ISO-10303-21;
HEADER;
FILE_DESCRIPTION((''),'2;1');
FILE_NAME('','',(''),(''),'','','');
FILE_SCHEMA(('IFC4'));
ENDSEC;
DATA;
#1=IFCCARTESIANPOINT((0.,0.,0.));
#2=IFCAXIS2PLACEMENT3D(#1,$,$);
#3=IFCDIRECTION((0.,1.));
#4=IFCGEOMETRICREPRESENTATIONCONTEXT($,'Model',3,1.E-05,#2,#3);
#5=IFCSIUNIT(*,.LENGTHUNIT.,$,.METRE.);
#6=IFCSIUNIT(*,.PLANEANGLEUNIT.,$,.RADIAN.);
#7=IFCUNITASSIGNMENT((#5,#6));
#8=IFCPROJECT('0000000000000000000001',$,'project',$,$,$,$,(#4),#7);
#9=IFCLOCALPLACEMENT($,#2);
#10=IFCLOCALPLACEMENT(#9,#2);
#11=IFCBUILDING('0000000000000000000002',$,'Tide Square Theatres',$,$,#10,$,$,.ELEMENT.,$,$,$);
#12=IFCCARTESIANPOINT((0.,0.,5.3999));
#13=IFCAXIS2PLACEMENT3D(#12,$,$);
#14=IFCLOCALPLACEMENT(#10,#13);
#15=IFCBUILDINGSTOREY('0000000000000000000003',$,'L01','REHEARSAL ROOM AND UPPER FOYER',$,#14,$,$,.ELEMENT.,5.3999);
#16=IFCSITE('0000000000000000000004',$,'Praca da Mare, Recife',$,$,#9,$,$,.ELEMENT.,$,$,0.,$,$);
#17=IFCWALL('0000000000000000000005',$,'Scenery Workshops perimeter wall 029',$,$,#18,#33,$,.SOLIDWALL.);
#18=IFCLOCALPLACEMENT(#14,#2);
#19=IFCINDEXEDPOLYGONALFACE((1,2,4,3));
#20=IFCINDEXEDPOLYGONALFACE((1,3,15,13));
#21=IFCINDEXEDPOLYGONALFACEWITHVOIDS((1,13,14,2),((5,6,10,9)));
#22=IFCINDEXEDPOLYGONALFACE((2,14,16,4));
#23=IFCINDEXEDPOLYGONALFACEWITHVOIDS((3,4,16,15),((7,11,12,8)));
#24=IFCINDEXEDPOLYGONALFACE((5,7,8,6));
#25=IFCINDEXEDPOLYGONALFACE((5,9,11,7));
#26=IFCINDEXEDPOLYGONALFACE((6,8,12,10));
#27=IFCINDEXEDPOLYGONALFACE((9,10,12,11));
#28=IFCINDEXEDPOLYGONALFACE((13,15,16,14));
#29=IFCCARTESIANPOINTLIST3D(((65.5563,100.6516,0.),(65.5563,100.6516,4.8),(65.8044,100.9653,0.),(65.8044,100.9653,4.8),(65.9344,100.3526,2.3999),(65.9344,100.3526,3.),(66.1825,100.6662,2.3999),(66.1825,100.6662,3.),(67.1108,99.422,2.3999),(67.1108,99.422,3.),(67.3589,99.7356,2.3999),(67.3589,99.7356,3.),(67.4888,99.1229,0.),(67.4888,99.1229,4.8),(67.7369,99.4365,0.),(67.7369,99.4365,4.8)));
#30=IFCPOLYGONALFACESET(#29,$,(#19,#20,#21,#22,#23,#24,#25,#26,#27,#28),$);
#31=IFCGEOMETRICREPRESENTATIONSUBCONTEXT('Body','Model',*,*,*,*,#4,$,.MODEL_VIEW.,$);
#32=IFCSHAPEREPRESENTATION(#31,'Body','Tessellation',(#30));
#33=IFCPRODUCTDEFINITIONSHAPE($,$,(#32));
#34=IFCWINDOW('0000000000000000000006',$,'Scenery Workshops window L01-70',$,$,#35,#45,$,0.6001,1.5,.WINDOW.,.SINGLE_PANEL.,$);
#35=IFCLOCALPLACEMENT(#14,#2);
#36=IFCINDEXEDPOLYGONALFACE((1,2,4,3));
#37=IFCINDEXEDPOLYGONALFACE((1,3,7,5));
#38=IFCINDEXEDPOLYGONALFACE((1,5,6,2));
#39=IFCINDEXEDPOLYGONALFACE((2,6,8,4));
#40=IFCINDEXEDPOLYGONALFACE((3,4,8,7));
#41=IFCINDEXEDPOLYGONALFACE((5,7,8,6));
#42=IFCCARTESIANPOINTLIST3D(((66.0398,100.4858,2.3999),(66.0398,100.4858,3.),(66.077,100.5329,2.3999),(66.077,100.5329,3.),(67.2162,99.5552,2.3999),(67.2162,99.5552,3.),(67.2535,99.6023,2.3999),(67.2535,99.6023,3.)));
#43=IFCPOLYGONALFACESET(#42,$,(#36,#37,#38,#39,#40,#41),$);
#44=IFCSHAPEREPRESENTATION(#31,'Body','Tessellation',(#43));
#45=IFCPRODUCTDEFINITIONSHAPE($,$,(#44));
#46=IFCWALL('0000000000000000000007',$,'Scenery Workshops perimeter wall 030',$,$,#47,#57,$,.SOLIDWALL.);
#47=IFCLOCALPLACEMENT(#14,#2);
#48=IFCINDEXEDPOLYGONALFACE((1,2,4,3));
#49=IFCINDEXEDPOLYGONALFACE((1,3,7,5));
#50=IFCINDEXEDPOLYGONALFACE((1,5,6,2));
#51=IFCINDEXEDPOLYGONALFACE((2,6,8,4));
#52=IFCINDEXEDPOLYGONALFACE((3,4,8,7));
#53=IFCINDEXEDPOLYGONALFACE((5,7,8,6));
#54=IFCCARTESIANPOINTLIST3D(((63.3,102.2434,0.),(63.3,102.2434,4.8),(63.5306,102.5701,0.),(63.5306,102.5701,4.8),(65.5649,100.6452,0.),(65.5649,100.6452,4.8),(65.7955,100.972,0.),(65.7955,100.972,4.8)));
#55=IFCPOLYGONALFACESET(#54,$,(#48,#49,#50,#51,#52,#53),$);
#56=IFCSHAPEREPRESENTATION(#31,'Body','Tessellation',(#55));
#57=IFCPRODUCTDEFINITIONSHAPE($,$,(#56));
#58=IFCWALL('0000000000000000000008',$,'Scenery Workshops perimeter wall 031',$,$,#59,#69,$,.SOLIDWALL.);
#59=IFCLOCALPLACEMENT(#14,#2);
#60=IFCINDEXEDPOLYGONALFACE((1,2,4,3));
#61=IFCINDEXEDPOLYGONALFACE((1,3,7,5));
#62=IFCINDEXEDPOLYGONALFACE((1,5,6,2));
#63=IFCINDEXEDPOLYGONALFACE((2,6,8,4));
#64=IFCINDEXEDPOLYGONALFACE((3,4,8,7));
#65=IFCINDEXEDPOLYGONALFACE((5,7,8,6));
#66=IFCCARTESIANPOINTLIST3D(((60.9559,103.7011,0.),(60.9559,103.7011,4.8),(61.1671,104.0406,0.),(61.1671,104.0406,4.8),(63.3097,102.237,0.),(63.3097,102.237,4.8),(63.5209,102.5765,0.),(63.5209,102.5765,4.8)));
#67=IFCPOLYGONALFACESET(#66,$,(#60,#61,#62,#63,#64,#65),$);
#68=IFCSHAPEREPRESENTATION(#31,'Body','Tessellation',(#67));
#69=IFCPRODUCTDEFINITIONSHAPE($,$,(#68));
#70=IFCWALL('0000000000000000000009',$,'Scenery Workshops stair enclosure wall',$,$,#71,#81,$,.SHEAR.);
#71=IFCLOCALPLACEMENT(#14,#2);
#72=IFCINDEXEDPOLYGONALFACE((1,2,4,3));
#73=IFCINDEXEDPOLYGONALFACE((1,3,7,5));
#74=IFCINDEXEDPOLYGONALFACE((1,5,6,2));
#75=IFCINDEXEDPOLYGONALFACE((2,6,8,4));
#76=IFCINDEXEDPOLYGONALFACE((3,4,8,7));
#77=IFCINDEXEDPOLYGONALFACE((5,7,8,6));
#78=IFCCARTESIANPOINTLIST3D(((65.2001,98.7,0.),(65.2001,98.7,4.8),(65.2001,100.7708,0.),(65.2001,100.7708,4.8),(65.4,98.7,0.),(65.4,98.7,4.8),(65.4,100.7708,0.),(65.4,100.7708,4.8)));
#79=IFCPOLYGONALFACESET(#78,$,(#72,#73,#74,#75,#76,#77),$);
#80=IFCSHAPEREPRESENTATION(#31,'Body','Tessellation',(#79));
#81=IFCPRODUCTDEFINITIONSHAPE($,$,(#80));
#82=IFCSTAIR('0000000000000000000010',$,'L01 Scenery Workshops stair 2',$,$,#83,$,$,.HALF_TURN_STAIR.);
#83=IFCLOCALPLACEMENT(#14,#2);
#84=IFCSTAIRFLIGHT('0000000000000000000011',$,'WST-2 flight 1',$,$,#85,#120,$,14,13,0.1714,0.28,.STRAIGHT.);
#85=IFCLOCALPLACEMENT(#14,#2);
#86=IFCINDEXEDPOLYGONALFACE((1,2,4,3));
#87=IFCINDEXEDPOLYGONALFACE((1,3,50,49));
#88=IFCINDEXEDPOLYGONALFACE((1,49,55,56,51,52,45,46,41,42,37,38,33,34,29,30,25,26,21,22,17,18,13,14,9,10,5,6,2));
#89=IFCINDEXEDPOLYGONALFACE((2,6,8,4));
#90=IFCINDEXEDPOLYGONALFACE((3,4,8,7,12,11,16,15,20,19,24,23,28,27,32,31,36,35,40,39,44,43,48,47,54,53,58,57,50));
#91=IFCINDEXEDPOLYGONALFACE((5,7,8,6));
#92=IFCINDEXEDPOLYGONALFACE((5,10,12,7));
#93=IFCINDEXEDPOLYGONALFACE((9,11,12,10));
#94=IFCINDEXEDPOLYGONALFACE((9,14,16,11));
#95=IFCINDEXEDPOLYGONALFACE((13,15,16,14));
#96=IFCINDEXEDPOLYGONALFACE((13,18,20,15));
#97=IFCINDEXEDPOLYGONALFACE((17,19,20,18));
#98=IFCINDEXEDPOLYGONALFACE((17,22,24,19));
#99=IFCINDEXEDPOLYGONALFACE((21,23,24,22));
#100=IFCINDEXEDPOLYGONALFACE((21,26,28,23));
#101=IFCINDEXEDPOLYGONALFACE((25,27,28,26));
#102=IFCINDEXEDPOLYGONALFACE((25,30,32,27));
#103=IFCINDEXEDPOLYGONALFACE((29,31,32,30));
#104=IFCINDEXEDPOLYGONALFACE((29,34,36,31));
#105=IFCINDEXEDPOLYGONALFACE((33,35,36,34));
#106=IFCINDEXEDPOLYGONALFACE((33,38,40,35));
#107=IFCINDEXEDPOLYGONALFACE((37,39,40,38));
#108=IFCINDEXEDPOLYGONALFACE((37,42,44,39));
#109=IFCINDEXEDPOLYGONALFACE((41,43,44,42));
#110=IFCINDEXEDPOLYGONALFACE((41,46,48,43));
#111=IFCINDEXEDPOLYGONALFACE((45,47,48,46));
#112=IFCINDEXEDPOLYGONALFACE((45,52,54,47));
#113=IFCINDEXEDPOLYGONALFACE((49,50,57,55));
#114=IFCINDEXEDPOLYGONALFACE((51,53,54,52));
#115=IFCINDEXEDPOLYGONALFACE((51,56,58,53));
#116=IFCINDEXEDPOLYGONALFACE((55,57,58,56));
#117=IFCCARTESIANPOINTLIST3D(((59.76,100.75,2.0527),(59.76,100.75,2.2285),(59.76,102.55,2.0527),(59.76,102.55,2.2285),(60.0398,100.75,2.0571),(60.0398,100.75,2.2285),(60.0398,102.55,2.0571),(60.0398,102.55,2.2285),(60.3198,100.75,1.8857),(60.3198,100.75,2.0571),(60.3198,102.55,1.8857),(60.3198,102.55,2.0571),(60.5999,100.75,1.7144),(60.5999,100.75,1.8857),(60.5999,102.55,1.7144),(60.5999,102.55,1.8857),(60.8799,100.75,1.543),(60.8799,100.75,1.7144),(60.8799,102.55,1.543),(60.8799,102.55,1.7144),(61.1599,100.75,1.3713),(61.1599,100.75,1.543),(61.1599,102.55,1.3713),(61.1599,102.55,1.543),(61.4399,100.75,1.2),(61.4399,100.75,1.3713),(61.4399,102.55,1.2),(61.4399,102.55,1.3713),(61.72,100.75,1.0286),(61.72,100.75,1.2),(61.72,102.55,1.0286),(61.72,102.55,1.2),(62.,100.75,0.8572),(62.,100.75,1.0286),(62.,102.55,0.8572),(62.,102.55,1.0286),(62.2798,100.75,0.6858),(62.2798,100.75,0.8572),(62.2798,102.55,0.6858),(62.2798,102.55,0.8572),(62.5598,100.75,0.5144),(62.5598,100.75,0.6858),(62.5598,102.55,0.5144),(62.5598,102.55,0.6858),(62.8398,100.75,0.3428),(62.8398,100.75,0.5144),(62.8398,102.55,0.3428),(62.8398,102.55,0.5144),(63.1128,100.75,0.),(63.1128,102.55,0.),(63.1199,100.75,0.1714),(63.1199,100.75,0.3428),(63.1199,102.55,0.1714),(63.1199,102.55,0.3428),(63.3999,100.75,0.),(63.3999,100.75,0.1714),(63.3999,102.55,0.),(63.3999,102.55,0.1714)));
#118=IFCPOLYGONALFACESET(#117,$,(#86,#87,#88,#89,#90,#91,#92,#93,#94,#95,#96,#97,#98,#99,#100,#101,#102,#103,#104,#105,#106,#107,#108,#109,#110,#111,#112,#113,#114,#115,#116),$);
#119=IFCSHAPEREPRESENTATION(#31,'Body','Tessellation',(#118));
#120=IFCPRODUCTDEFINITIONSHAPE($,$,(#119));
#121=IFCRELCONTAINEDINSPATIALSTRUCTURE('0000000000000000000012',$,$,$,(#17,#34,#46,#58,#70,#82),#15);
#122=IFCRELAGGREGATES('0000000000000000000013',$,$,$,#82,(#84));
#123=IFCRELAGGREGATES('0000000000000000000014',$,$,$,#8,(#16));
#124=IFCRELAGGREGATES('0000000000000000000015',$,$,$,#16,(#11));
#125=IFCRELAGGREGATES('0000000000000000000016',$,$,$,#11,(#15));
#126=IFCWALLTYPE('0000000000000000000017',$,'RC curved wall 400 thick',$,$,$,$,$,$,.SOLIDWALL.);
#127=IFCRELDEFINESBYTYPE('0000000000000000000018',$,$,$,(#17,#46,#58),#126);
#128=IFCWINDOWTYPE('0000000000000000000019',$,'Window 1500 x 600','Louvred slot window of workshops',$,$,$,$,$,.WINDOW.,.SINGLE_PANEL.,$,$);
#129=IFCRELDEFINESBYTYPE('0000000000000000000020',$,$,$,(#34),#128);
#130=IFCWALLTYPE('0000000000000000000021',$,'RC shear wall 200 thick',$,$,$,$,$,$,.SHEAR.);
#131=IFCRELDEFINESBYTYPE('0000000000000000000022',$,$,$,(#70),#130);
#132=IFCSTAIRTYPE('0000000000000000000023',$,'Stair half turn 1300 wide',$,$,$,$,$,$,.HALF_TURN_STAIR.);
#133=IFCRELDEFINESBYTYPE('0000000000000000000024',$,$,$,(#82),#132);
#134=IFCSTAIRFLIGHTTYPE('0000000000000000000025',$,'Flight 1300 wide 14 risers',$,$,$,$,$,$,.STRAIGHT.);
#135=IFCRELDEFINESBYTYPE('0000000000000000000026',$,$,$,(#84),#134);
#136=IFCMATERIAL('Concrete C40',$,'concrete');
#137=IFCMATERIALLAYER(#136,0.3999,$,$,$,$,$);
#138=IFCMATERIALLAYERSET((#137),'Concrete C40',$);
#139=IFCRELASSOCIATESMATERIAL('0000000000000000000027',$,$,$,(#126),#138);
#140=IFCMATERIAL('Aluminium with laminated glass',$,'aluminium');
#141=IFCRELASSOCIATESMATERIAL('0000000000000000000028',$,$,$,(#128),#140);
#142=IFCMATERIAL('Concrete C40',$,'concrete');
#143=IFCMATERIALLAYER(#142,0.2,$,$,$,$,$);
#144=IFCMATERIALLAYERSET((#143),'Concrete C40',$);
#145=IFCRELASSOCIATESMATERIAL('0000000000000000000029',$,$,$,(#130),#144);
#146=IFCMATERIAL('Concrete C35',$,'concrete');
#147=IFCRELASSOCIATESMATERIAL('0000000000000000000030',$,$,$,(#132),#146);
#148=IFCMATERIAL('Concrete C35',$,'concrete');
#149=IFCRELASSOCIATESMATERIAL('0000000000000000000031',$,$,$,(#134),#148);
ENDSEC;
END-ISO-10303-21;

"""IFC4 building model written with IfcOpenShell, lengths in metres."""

from ifc_helpers import new_model, si_unit, direction, frame, frame_2d, origin, place, context, subcontext, project, spatial, polyline, rectangle, outline, extrude, material, layer, layer_set, type_object, element, fill, aggregate, save


model = new_model("IFC4")

# Units and contexts
model_context = context("Model", 3, precision=1e-05, world=origin(), true_north=direction((0.0, 1.0)))
body_context = subcontext(model_context, "Body", "Model", "MODEL_VIEW")
ifc_project = project(units=[si_unit("LENGTHUNIT", "METRE"), si_unit("PLANEANGLEUNIT", "RADIAN")], contexts=[model_context])

# Site, building, storey
site_placement = place(None, origin())
site = spatial("IfcSite", under=ifc_project, at=site_placement, Name="Praca da Mare, Recife", CompositionType="ELEMENT", RefElevation=0.0)
building_placement = place(site_placement, origin())
building = spatial("IfcBuilding", under=site, at=building_placement, Name="Tide Square Theatres", CompositionType="ELEMENT")
storey_placement = place(building_placement, frame((0.0, 0.0, 5.3999)))
storey = spatial("IfcBuildingStorey", under=building, at=storey_placement, Name="L01", Description="REHEARSAL ROOM AND UPPER FOYER", CompositionType="ELEMENT", Elevation=5.3999)

# Wall, opening, window
ifc_material_1 = material(Name="Concrete C40", Category="concrete")
ifc_layer_1 = layer(ifc_material_1, 0.3999)
ifc_layer_set_1 = layer_set([ifc_layer_1], Name="Concrete C40")
wall_type_1 = type_object("IfcWallType", Name="RC curved wall 400 thick", PredefinedType="SOLIDWALL", material=ifc_layer_set_1)
wall_1_placement = place(storey_placement, frame((67.6128, 99.2798, 0.0), z_axis=(0.0, 0.0, 1.0), x_axis=(-0.784279, 0.620409, 0.0)))
wall_1 = element("IfcWall", 1, at=wall_1_placement, inside=storey, type_object=wall_type_1, Name="Scenery Workshops perimeter wall 029", PredefinedType="SOLIDWALL", context=body_context, shape_type="SweptSolid", body=[
    extrude(rectangle(XDim=2.4641, YDim=0.3999, at=frame_2d((1.2319, 0.0))), origin(), (0.0, 0.0, 1.0), 4.8),
])
opening_placement = place(wall_1_placement, frame((0.4819, 0.0, 2.3999)))
opening = element("IfcOpeningElement", 2, at=opening_placement, cuts=wall_1, PredefinedType="OPENING", context=body_context, shape_type="SweptSolid", body=[
    extrude(rectangle(XDim=1.5, YDim=0.6001, at=frame_2d((0.75, 0.3))), frame((0.0, 0.21, 0.0), z_axis=(0.0, -1.0, 0.0), x_axis=(1.0, 0.0, 0.0)), (0.0, 0.0, 1.0), 0.4199),
])
ifc_material_2 = material(Name="Aluminium with laminated glass", Category="aluminium")
window_type = type_object("IfcWindowType", Name="Window 1500 x 600", Description="Louvred slot window of workshops", PartitioningType="SINGLE_PANEL", PredefinedType="WINDOW", material=ifc_material_2)
window_placement = place(opening_placement, origin())
window = element("IfcWindow", 3, at=window_placement, inside=storey, type_object=window_type, Name="Scenery Workshops window L01-70", OverallHeight=0.6001, OverallWidth=1.5, PartitioningType="SINGLE_PANEL", PredefinedType="WINDOW", context=body_context, shape_type="SweptSolid", body=[
    extrude(rectangle(XDim=1.5, YDim=0.6001, at=frame_2d((0.75, 0.3))), frame((0.0, 0.03, 0.0), z_axis=(0.0, -1.0, 0.0), x_axis=(1.0, 0.0, 0.0)), (0.0, 0.0, 1.0), 0.0601),
])
fill(opening, window)

# Walls
for number, where, z_axis, x_axis, name in (
    (4, (65.6802, 100.8086, 0.0), (0.0, 0.0, 1.0), (-0.81707, 0.576538, 0.0), "Scenery Workshops perimeter wall 030"),
    (5, (63.4153, 102.4067, 0.0), (0.0, 0.0, 1.0), (-0.849129, 0.528185, 0.0), "Scenery Workshops perimeter wall 031"),
):
    element("IfcWall", number, at=place(storey_placement, frame(where, z_axis=z_axis, x_axis=x_axis)), inside=storey, type_object=wall_type_1, Name=name, PredefinedType="SOLIDWALL", context=body_context, shape_type="SweptSolid", body=[
        extrude(rectangle(XDim=2.772, YDim=0.3999, at=frame_2d((1.386, 0.0))), origin(), (0.0, 0.0, 1.0), 4.8),
    ])
ifc_material_3 = material(Name="Concrete C40", Category="concrete")
ifc_layer_2 = layer(ifc_material_3, 0.2)
ifc_layer_set_2 = layer_set([ifc_layer_2], Name="Concrete C40")
wall_type_2 = type_object("IfcWallType", Name="RC shear wall 200 thick", PredefinedType="SHEAR", material=ifc_layer_set_2)
wall_2_placement = place(storey_placement, frame((65.3, 100.7708, 0.0), z_axis=(0.0, 0.0, 1.0), x_axis=(0.0, -1.0, 0.0)))
element("IfcWall", 6, at=wall_2_placement, inside=storey, type_object=wall_type_2, Name="Scenery Workshops stair enclosure wall", PredefinedType="SHEAR", context=body_context, shape_type="SweptSolid", body=[
    extrude(rectangle(XDim=2.0708, YDim=0.2, at=frame_2d((1.0354, 0.0))), origin(), (0.0, 0.0, 1.0), 4.8),
])

# Stair, stair flight
ifc_material_4 = material(Name="Concrete C35", Category="concrete")
stair_type = type_object("IfcStairType", Name="Stair half turn 1300 wide", PredefinedType="HALF_TURN_STAIR", material=ifc_material_4)
stair_placement = place(storey_placement, origin())
stair = element("IfcStair", 7, at=stair_placement, inside=storey, type_object=stair_type, Name="L01 Scenery Workshops stair 2", PredefinedType="HALF_TURN_STAIR")
ifc_material_5 = material(Name="Concrete C35", Category="concrete")
stair_flight_type = type_object("IfcStairFlightType", Name="Flight 1300 wide 14 risers", PredefinedType="STRAIGHT", material=ifc_material_5)
stair_flight_placement = place(storey_placement, frame((63.3999, 101.6499, 0.0), z_axis=(0.0, 0.0, 1.0), x_axis=(-1.0, 0.0, 0.0)))
stair_flight = element("IfcStairFlight", 8, at=stair_flight_placement, type_object=stair_flight_type, Name="WST-2 flight 1", NumberOfRisers=14, NumberOfTreads=13, PredefinedType="STRAIGHT", RiserHeight=0.1714, TreadLength=0.28, context=body_context, shape_type="SweptSolid", body=[
    extrude(outline(polyline([(0.0, 0.0), (0.0, 0.1714), (0.28, 0.1714), (0.28, 0.3428), (0.5601, 0.3428), (0.5601, 0.5144), (0.8401, 0.5144), (0.8401, 0.6858), (1.1201, 0.6858), (1.1201, 0.8572), (1.3999, 0.8572), (1.3999, 1.0286), (1.6799, 1.0286), (1.6799, 1.2), (1.96, 1.2), (1.96, 1.3713), (2.24, 1.3713), (2.24, 1.543), (2.52, 1.543), (2.52, 1.7144), (2.8, 1.7144), (2.8, 1.8857), (3.0801, 1.8857), (3.0801, 2.0571), (3.3601, 2.0571), (3.3601, 2.2285), (3.6399, 2.2285), (3.6399, 2.3999), (3.6399, 2.0527), (0.2871, 0.0), (0.0, 0.0)])), frame((0.0, 0.8999, 0.0), z_axis=(0.0, -1.0, 0.0), x_axis=(1.0, 0.0, 0.0)), (0.0, 0.0, 1.0), 1.8),
])
aggregate(stair, [stair_flight])

save(model, "model.ifc")
